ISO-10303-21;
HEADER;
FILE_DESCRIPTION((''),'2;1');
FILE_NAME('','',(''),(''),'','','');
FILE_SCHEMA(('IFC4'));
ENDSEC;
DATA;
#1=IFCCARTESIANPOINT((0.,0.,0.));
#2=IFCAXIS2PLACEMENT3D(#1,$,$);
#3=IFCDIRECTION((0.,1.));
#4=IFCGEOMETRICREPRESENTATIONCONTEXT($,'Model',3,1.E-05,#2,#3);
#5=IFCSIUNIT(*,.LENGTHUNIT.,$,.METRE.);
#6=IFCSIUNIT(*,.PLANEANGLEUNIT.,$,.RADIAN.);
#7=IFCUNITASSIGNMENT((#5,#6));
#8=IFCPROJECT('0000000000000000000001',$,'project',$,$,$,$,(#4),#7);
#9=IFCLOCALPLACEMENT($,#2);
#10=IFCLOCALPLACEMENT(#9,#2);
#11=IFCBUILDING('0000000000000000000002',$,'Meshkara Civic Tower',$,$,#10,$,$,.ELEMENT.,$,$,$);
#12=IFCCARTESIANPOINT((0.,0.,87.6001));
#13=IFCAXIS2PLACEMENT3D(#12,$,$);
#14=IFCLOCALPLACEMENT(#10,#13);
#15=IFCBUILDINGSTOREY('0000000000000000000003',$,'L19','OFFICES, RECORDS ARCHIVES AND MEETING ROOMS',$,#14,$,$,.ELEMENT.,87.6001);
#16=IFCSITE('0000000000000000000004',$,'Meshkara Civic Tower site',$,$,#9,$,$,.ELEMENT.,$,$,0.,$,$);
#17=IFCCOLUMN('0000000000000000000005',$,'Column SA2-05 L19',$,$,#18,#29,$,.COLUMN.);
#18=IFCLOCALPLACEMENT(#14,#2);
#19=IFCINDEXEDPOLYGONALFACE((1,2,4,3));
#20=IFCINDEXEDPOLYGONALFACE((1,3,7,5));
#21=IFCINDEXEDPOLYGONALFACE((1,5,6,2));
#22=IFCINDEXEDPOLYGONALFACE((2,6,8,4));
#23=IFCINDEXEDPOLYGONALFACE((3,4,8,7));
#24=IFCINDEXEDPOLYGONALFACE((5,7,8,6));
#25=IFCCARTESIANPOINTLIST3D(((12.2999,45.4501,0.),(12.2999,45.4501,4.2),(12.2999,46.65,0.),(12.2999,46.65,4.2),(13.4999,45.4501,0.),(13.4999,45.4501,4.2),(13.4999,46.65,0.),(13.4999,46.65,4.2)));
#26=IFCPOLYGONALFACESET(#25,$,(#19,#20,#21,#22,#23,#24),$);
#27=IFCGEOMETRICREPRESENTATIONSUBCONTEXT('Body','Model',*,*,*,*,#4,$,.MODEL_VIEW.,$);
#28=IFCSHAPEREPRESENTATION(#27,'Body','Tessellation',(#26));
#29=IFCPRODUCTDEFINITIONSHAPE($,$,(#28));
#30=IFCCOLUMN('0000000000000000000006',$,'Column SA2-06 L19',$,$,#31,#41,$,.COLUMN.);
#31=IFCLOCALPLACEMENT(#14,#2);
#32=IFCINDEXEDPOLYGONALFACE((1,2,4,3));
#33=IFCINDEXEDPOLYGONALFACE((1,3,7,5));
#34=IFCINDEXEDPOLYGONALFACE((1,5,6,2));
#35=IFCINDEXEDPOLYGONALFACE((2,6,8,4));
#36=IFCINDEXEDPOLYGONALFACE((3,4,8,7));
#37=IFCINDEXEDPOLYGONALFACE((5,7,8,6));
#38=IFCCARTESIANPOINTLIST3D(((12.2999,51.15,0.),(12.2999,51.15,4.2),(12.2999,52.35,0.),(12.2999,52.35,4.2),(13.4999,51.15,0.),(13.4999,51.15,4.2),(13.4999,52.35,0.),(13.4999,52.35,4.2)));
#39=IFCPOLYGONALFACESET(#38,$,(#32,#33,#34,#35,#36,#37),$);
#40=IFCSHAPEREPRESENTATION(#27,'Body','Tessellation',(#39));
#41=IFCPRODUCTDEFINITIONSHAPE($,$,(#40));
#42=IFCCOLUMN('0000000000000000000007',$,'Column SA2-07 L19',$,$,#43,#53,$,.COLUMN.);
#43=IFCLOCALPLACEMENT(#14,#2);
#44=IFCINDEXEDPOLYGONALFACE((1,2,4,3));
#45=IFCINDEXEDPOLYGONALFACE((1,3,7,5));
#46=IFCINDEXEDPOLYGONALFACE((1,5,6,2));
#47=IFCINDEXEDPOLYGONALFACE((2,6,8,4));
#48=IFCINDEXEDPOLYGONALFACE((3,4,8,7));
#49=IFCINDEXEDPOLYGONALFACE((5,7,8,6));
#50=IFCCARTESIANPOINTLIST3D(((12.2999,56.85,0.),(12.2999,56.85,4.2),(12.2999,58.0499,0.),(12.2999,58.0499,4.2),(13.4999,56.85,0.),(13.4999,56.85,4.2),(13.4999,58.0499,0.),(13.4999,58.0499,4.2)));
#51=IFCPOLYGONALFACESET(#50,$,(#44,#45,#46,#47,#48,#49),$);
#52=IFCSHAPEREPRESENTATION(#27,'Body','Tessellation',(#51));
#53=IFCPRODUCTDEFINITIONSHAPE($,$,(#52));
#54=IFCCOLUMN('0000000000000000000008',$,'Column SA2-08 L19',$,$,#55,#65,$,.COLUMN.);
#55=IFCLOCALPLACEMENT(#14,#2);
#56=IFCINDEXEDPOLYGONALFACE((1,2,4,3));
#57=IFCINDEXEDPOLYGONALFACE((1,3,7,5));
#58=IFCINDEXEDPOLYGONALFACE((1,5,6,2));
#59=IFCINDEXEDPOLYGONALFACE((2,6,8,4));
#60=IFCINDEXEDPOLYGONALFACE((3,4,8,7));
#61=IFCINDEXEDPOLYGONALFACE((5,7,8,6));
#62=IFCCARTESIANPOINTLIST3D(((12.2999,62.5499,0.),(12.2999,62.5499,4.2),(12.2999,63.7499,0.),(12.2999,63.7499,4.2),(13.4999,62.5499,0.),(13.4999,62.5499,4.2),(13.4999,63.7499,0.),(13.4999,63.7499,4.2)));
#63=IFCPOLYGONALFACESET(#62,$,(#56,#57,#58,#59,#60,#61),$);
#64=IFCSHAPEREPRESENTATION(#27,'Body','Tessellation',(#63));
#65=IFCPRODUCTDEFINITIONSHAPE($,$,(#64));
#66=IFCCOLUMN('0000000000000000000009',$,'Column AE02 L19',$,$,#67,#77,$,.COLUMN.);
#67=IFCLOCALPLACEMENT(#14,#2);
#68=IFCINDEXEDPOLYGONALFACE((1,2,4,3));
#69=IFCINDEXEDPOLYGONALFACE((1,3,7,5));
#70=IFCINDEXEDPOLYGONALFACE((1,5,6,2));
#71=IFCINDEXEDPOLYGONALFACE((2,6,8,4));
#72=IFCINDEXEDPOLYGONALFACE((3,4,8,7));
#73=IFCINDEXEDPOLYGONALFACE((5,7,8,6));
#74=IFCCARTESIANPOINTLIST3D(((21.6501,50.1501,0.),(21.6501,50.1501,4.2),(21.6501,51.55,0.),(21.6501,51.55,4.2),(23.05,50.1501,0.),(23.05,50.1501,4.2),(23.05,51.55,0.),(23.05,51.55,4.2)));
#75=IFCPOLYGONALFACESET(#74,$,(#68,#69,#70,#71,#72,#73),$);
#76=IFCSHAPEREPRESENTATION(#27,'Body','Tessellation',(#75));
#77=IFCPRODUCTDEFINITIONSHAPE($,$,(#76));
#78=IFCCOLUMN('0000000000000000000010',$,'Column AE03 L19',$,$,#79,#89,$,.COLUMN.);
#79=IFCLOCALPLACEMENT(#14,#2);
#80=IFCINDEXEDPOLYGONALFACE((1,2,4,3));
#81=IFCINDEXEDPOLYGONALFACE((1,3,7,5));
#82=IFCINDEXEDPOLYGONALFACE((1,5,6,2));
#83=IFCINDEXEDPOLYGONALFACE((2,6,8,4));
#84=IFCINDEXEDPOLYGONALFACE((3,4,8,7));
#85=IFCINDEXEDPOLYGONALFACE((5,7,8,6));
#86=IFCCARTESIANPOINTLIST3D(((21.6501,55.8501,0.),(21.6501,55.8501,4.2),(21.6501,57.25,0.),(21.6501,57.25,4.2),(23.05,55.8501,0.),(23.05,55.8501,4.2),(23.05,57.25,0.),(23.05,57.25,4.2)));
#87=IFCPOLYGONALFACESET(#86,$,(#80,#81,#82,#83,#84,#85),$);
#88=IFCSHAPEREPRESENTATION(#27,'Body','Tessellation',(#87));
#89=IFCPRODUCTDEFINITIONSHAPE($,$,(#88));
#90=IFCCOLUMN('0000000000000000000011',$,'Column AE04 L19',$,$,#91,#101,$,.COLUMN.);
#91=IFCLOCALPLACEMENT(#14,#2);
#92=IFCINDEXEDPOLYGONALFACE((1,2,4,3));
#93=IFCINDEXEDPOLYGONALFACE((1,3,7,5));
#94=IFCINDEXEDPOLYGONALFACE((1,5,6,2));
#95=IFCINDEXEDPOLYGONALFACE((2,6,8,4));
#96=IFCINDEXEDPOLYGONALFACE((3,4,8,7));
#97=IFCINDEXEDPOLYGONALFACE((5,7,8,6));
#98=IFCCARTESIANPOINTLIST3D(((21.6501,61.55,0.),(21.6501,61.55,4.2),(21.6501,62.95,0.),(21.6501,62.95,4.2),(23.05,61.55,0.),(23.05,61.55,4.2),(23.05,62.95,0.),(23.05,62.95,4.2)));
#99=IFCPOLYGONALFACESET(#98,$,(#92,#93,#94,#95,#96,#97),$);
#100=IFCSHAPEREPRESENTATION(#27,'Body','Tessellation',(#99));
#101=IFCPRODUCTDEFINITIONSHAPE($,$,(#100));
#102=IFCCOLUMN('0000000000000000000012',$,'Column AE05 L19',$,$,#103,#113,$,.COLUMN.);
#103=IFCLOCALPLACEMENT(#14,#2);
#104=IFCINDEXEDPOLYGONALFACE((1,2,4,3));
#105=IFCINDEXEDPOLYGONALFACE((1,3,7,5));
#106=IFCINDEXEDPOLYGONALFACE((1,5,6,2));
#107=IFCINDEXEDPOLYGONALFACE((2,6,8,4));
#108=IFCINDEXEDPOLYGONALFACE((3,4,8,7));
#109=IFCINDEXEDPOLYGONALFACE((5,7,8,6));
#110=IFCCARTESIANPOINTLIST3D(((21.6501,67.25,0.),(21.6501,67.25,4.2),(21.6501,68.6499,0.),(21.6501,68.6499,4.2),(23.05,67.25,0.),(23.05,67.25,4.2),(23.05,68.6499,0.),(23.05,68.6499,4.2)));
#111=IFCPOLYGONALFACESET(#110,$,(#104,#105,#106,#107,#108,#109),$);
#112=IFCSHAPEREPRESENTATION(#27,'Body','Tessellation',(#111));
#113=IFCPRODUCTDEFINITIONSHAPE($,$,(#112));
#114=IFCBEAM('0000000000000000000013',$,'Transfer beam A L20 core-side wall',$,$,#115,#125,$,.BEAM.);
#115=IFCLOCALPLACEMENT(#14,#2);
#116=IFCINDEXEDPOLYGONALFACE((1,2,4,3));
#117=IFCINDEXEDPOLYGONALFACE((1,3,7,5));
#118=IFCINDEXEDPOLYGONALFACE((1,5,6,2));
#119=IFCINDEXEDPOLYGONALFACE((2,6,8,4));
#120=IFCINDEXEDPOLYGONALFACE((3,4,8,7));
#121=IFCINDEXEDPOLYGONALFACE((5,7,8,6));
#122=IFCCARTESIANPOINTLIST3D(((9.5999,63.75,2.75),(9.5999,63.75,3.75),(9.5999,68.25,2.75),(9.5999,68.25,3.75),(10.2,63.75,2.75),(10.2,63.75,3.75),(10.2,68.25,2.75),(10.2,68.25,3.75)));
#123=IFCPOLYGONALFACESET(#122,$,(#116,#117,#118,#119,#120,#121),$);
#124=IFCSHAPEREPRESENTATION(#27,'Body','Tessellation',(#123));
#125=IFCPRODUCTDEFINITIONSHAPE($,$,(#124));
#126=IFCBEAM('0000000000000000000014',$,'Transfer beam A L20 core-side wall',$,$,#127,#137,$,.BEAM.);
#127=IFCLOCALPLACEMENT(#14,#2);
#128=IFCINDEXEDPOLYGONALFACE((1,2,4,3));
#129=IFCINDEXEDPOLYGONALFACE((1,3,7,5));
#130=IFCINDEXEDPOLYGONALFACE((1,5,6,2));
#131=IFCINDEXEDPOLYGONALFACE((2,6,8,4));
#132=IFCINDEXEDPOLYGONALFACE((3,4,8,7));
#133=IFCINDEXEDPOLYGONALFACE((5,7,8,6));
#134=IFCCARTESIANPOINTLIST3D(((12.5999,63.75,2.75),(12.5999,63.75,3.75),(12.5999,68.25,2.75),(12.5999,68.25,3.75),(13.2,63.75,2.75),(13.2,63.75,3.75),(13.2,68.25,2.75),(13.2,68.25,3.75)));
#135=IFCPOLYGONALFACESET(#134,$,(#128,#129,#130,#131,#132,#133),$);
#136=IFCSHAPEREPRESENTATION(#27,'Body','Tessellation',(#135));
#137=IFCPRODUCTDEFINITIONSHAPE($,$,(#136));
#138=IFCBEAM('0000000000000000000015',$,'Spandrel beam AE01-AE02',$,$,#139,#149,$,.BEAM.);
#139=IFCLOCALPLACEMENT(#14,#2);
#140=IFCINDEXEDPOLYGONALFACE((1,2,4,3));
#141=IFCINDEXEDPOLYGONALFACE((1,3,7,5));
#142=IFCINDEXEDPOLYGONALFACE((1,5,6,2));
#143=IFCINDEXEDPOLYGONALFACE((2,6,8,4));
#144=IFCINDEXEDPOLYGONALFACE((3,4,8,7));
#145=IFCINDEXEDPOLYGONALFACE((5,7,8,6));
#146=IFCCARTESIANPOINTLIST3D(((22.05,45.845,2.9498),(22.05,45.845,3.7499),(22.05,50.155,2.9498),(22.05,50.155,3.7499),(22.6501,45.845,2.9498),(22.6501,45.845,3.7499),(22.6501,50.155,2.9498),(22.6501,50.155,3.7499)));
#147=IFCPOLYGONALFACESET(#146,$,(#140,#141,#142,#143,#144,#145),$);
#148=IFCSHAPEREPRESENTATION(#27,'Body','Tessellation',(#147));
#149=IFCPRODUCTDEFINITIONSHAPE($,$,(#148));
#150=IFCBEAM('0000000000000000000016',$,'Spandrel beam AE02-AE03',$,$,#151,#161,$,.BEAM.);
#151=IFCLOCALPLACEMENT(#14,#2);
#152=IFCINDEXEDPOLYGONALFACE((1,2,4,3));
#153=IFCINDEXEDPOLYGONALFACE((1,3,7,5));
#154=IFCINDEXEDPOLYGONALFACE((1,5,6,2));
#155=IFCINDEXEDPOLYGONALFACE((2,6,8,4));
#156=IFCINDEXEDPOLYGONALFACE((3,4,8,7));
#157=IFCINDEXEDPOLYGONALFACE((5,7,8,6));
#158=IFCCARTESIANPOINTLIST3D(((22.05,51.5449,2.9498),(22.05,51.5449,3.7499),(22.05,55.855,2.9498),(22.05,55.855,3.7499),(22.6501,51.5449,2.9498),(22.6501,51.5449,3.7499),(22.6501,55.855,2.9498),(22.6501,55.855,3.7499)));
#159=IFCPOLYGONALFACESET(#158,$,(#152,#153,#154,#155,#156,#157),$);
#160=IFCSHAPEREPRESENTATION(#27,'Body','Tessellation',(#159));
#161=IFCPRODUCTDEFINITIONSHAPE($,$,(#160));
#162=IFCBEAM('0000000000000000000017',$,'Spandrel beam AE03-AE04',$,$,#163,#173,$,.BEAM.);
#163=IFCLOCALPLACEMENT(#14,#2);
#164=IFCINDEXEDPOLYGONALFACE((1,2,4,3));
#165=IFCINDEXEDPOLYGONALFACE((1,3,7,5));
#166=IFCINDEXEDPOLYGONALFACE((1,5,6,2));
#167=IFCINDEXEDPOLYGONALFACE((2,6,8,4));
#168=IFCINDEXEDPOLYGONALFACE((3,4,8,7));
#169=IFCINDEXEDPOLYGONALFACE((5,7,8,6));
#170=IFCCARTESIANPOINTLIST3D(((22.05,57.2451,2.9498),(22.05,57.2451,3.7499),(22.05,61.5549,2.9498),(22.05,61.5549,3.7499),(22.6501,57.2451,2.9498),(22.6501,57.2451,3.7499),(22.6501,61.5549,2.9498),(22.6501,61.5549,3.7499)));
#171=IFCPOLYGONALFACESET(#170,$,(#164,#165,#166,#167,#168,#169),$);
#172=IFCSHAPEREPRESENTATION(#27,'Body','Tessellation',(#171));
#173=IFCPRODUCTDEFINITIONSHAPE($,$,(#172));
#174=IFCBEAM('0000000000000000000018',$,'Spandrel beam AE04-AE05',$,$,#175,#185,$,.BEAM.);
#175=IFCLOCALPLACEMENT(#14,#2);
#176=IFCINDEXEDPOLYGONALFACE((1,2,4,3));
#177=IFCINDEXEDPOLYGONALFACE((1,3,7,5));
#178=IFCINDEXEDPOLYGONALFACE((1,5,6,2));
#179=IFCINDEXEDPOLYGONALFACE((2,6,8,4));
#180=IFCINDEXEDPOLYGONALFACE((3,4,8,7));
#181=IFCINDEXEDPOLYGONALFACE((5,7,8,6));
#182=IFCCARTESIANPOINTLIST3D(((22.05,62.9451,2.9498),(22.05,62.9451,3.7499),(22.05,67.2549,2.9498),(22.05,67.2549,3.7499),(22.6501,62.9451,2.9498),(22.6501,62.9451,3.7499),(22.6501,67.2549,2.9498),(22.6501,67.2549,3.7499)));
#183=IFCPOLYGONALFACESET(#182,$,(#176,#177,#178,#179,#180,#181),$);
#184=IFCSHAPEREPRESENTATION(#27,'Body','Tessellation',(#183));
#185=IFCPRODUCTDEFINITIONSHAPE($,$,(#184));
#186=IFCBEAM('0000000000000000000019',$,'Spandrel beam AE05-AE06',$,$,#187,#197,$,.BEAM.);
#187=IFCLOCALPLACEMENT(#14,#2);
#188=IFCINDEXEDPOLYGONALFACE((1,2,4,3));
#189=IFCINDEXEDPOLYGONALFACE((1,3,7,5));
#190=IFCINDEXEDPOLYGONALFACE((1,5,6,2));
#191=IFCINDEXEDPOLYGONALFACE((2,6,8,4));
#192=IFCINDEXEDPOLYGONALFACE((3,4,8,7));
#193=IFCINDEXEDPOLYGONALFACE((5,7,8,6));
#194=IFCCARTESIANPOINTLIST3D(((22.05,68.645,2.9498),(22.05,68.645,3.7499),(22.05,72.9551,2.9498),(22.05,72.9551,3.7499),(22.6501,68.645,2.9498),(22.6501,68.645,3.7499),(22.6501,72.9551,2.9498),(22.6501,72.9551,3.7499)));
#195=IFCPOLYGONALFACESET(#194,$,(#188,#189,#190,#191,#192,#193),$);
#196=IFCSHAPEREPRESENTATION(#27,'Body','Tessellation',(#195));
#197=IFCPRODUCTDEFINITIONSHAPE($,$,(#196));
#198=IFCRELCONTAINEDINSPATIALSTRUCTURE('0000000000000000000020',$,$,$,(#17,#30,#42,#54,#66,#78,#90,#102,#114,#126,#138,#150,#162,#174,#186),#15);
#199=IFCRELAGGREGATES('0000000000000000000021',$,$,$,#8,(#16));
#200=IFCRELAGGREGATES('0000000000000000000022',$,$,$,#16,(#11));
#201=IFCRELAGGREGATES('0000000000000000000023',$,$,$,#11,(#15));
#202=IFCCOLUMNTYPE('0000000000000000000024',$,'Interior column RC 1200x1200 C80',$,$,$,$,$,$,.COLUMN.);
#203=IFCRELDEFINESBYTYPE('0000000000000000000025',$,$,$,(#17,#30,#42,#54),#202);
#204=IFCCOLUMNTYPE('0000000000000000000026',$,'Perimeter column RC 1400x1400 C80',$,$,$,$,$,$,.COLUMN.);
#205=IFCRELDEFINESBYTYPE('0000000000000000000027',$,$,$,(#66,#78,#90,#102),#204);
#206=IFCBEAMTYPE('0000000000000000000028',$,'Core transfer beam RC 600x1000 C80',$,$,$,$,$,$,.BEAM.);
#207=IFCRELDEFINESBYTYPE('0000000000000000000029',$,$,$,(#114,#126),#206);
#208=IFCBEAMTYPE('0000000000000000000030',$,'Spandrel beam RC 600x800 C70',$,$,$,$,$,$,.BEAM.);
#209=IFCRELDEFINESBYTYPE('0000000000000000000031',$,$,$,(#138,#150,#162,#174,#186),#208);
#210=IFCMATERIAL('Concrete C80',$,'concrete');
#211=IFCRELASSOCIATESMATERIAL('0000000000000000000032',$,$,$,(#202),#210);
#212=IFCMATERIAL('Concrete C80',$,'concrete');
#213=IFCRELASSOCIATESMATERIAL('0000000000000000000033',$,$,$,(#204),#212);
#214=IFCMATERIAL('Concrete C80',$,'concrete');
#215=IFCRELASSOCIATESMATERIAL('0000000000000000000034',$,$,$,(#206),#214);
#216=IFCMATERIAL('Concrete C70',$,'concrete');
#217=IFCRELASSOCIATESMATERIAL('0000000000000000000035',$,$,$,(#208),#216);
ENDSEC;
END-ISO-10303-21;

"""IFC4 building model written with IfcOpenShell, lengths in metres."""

from ifc_helpers import new_model, si_unit, direction, frame, origin, origin_2d, place, context, subcontext, project, spatial, rectangle, extrude, material, material_profile, profile_set, type_object, element, save


model = new_model("IFC4")

# Units and contexts
model_context = context("Model", 3, precision=1e-05, world=origin(), true_north=direction((0.0, 1.0)))
body_context = subcontext(model_context, "Body", "Model", "MODEL_VIEW")
ifc_project = project(units=[si_unit("LENGTHUNIT", "METRE"), si_unit("PLANEANGLEUNIT", "RADIAN")], contexts=[model_context])

# Site, building, storey
site_placement = place(None, origin())
site = spatial("IfcSite", under=ifc_project, at=site_placement, Name="Meshkara Civic Tower site", CompositionType="ELEMENT", RefElevation=0.0)
building_placement = place(site_placement, origin())
building = spatial("IfcBuilding", under=site, at=building_placement, Name="Meshkara Civic Tower", CompositionType="ELEMENT")
storey_placement = place(building_placement, frame((0.0, 0.0, 87.6001)))
storey = spatial("IfcBuildingStorey", under=building, at=storey_placement, Name="L19", Description="OFFICES, RECORDS ARCHIVES AND MEETING ROOMS", CompositionType="ELEMENT", Elevation=87.6001)

# Columns
ifc_material_1 = material(Name="Concrete C80", Category="concrete")
ifc_material_profile_1 = material_profile(ifc_material_1, rectangle(XDim=1.2, YDim=1.2, at=origin_2d()))
ifc_profile_set_1 = profile_set([ifc_material_profile_1], Name="Concrete C80")
column_type_1 = type_object("IfcColumnType", Name="Interior column RC 1200x1200 C80", PredefinedType="COLUMN", material=ifc_profile_set_1)
for number, where, z_axis, x_axis, name in (
    (1, (12.8999, 46.05, 0.0), (0.0, 0.0, 1.0), (1.0, 0.0, 0.0), "Column SA2-05 L19"),
    (2, (12.8999, 51.75, 0.0), (0.0, 0.0, 1.0), (1.0, 0.0, 0.0), "Column SA2-06 L19"),
    (3, (12.8999, 57.45, 0.0), (0.0, 0.0, 1.0), (1.0, 0.0, 0.0), "Column SA2-07 L19"),
    (4, (12.8999, 63.1499, 0.0), (0.0, 0.0, 1.0), (1.0, 0.0, 0.0), "Column SA2-08 L19"),
):
    element("IfcColumn", number, at=place(storey_placement, frame(where, z_axis=z_axis, x_axis=x_axis)), inside=storey, type_object=column_type_1, Name=name, PredefinedType="COLUMN", context=body_context, shape_type="SweptSolid", body=[
        extrude(rectangle(XDim=1.2, YDim=1.2, at=origin_2d()), origin(), (0.0, 0.0, 1.0), 4.2),
    ])
ifc_material_2 = material(Name="Concrete C80", Category="concrete")
ifc_material_profile_2 = material_profile(ifc_material_2, rectangle(XDim=1.3999, YDim=1.3999, at=origin_2d()))
ifc_profile_set_2 = profile_set([ifc_material_profile_2], Name="Concrete C80")
column_type_2 = type_object("IfcColumnType", Name="Perimeter column RC 1400x1400 C80", PredefinedType="COLUMN", material=ifc_profile_set_2)
for number, where, z_axis, x_axis, name in (
    (5, (22.3501, 50.8501, 0.0), (0.0, 0.0, 1.0), (1.0, 0.0, 0.0), "Column AE02 L19"),
    (6, (22.3501, 56.55, 0.0), (0.0, 0.0, 1.0), (1.0, 0.0, 0.0), "Column AE03 L19"),
    (7, (22.3501, 62.25, 0.0), (0.0, 0.0, 1.0), (1.0, 0.0, 0.0), "Column AE04 L19"),
    (8, (22.3501, 67.95, 0.0), (0.0, 0.0, 1.0), (1.0, 0.0, 0.0), "Column AE05 L19"),
):
    element("IfcColumn", number, at=place(storey_placement, frame(where, z_axis=z_axis, x_axis=x_axis)), inside=storey, type_object=column_type_2, Name=name, PredefinedType="COLUMN", context=body_context, shape_type="SweptSolid", body=[
        extrude(rectangle(XDim=1.3999, YDim=1.3999, at=origin_2d()), origin(), (0.0, 0.0, 1.0), 4.2),
    ])

# Beams
ifc_material_3 = material(Name="Concrete C80", Category="concrete")
ifc_material_profile_3 = material_profile(ifc_material_3, rectangle(XDim=0.6001, YDim=1.0, at=origin_2d()))
ifc_profile_set_3 = profile_set([ifc_material_profile_3], Name="Concrete C80")
beam_type_1 = type_object("IfcBeamType", Name="Core transfer beam RC 600x1000 C80", PredefinedType="BEAM", material=ifc_profile_set_3)
for number, where, z_axis, x_axis, name in (
    (9, (9.8999, 63.75, 3.25), (0.0, 1.0, 0.0), (-1.0, 0.0, 0.0), "Transfer beam A L20 core-side wall"),
    (10, (12.8999, 63.75, 3.25), (0.0, 1.0, 0.0), (-1.0, 0.0, 0.0), "Transfer beam A L20 core-side wall"),
):
    element("IfcBeam", number, at=place(storey_placement, frame(where, z_axis=z_axis, x_axis=x_axis)), inside=storey, type_object=beam_type_1, Name=name, PredefinedType="BEAM", context=body_context, shape_type="SweptSolid", body=[
        extrude(rectangle(XDim=0.6001, YDim=1.0, at=origin_2d()), origin(), (0.0, 0.0, 1.0), 4.5),
    ])
ifc_material_4 = material(Name="Concrete C70", Category="concrete")
ifc_material_profile_4 = material_profile(ifc_material_4, rectangle(XDim=0.6001, YDim=0.8, at=origin_2d()))
ifc_profile_set_4 = profile_set([ifc_material_profile_4], Name="Concrete C70")
beam_type_2 = type_object("IfcBeamType", Name="Spandrel beam RC 600x800 C70", PredefinedType="BEAM", material=ifc_profile_set_4)
for number, where, z_axis, x_axis, name in (
    (11, (22.3501, 45.845, 3.3499), (0.0, 1.0, 0.0), (-1.0, 0.0, 0.0), "Spandrel beam AE01-AE02"),
    (12, (22.3501, 51.5449, 3.3499), (0.0, 1.0, 0.0), (-1.0, 0.0, 0.0), "Spandrel beam AE02-AE03"),
):
    element("IfcBeam", number, at=place(storey_placement, frame(where, z_axis=z_axis, x_axis=x_axis)), inside=storey, type_object=beam_type_2, Name=name, PredefinedType="BEAM", context=body_context, shape_type="SweptSolid", body=[
        extrude(rectangle(XDim=0.6001, YDim=0.8, at=origin_2d()), origin(), (0.0, 0.0, 1.0), 4.3101),
    ])
for number, where, z_axis, x_axis, name in (
    (13, (22.3501, 57.2451, 3.3499), (0.0, 1.0, 0.0), (-1.0, 0.0, 0.0), "Spandrel beam AE03-AE04"),
    (14, (22.3501, 62.9451, 3.3499), (0.0, 1.0, 0.0), (-1.0, 0.0, 0.0), "Spandrel beam AE04-AE05"),
):
    element("IfcBeam", number, at=place(storey_placement, frame(where, z_axis=z_axis, x_axis=x_axis)), inside=storey, type_object=beam_type_2, Name=name, PredefinedType="BEAM", context=body_context, shape_type="SweptSolid", body=[
        extrude(rectangle(XDim=0.6001, YDim=0.8, at=origin_2d()), origin(), (0.0, 0.0, 1.0), 4.3098),
    ])
beam_placement = place(storey_placement, frame((22.3501, 68.645, 3.3499), z_axis=(0.0, 1.0, 0.0), x_axis=(-1.0, 0.0, 0.0)))
element("IfcBeam", 15, at=beam_placement, inside=storey, type_object=beam_type_2, Name="Spandrel beam AE05-AE06", PredefinedType="BEAM", context=body_context, shape_type="SweptSolid", body=[
    extrude(rectangle(XDim=0.6001, YDim=0.8, at=origin_2d()), origin(), (0.0, 0.0, 1.0), 4.3101),
])

save(model, "model.ifc")
